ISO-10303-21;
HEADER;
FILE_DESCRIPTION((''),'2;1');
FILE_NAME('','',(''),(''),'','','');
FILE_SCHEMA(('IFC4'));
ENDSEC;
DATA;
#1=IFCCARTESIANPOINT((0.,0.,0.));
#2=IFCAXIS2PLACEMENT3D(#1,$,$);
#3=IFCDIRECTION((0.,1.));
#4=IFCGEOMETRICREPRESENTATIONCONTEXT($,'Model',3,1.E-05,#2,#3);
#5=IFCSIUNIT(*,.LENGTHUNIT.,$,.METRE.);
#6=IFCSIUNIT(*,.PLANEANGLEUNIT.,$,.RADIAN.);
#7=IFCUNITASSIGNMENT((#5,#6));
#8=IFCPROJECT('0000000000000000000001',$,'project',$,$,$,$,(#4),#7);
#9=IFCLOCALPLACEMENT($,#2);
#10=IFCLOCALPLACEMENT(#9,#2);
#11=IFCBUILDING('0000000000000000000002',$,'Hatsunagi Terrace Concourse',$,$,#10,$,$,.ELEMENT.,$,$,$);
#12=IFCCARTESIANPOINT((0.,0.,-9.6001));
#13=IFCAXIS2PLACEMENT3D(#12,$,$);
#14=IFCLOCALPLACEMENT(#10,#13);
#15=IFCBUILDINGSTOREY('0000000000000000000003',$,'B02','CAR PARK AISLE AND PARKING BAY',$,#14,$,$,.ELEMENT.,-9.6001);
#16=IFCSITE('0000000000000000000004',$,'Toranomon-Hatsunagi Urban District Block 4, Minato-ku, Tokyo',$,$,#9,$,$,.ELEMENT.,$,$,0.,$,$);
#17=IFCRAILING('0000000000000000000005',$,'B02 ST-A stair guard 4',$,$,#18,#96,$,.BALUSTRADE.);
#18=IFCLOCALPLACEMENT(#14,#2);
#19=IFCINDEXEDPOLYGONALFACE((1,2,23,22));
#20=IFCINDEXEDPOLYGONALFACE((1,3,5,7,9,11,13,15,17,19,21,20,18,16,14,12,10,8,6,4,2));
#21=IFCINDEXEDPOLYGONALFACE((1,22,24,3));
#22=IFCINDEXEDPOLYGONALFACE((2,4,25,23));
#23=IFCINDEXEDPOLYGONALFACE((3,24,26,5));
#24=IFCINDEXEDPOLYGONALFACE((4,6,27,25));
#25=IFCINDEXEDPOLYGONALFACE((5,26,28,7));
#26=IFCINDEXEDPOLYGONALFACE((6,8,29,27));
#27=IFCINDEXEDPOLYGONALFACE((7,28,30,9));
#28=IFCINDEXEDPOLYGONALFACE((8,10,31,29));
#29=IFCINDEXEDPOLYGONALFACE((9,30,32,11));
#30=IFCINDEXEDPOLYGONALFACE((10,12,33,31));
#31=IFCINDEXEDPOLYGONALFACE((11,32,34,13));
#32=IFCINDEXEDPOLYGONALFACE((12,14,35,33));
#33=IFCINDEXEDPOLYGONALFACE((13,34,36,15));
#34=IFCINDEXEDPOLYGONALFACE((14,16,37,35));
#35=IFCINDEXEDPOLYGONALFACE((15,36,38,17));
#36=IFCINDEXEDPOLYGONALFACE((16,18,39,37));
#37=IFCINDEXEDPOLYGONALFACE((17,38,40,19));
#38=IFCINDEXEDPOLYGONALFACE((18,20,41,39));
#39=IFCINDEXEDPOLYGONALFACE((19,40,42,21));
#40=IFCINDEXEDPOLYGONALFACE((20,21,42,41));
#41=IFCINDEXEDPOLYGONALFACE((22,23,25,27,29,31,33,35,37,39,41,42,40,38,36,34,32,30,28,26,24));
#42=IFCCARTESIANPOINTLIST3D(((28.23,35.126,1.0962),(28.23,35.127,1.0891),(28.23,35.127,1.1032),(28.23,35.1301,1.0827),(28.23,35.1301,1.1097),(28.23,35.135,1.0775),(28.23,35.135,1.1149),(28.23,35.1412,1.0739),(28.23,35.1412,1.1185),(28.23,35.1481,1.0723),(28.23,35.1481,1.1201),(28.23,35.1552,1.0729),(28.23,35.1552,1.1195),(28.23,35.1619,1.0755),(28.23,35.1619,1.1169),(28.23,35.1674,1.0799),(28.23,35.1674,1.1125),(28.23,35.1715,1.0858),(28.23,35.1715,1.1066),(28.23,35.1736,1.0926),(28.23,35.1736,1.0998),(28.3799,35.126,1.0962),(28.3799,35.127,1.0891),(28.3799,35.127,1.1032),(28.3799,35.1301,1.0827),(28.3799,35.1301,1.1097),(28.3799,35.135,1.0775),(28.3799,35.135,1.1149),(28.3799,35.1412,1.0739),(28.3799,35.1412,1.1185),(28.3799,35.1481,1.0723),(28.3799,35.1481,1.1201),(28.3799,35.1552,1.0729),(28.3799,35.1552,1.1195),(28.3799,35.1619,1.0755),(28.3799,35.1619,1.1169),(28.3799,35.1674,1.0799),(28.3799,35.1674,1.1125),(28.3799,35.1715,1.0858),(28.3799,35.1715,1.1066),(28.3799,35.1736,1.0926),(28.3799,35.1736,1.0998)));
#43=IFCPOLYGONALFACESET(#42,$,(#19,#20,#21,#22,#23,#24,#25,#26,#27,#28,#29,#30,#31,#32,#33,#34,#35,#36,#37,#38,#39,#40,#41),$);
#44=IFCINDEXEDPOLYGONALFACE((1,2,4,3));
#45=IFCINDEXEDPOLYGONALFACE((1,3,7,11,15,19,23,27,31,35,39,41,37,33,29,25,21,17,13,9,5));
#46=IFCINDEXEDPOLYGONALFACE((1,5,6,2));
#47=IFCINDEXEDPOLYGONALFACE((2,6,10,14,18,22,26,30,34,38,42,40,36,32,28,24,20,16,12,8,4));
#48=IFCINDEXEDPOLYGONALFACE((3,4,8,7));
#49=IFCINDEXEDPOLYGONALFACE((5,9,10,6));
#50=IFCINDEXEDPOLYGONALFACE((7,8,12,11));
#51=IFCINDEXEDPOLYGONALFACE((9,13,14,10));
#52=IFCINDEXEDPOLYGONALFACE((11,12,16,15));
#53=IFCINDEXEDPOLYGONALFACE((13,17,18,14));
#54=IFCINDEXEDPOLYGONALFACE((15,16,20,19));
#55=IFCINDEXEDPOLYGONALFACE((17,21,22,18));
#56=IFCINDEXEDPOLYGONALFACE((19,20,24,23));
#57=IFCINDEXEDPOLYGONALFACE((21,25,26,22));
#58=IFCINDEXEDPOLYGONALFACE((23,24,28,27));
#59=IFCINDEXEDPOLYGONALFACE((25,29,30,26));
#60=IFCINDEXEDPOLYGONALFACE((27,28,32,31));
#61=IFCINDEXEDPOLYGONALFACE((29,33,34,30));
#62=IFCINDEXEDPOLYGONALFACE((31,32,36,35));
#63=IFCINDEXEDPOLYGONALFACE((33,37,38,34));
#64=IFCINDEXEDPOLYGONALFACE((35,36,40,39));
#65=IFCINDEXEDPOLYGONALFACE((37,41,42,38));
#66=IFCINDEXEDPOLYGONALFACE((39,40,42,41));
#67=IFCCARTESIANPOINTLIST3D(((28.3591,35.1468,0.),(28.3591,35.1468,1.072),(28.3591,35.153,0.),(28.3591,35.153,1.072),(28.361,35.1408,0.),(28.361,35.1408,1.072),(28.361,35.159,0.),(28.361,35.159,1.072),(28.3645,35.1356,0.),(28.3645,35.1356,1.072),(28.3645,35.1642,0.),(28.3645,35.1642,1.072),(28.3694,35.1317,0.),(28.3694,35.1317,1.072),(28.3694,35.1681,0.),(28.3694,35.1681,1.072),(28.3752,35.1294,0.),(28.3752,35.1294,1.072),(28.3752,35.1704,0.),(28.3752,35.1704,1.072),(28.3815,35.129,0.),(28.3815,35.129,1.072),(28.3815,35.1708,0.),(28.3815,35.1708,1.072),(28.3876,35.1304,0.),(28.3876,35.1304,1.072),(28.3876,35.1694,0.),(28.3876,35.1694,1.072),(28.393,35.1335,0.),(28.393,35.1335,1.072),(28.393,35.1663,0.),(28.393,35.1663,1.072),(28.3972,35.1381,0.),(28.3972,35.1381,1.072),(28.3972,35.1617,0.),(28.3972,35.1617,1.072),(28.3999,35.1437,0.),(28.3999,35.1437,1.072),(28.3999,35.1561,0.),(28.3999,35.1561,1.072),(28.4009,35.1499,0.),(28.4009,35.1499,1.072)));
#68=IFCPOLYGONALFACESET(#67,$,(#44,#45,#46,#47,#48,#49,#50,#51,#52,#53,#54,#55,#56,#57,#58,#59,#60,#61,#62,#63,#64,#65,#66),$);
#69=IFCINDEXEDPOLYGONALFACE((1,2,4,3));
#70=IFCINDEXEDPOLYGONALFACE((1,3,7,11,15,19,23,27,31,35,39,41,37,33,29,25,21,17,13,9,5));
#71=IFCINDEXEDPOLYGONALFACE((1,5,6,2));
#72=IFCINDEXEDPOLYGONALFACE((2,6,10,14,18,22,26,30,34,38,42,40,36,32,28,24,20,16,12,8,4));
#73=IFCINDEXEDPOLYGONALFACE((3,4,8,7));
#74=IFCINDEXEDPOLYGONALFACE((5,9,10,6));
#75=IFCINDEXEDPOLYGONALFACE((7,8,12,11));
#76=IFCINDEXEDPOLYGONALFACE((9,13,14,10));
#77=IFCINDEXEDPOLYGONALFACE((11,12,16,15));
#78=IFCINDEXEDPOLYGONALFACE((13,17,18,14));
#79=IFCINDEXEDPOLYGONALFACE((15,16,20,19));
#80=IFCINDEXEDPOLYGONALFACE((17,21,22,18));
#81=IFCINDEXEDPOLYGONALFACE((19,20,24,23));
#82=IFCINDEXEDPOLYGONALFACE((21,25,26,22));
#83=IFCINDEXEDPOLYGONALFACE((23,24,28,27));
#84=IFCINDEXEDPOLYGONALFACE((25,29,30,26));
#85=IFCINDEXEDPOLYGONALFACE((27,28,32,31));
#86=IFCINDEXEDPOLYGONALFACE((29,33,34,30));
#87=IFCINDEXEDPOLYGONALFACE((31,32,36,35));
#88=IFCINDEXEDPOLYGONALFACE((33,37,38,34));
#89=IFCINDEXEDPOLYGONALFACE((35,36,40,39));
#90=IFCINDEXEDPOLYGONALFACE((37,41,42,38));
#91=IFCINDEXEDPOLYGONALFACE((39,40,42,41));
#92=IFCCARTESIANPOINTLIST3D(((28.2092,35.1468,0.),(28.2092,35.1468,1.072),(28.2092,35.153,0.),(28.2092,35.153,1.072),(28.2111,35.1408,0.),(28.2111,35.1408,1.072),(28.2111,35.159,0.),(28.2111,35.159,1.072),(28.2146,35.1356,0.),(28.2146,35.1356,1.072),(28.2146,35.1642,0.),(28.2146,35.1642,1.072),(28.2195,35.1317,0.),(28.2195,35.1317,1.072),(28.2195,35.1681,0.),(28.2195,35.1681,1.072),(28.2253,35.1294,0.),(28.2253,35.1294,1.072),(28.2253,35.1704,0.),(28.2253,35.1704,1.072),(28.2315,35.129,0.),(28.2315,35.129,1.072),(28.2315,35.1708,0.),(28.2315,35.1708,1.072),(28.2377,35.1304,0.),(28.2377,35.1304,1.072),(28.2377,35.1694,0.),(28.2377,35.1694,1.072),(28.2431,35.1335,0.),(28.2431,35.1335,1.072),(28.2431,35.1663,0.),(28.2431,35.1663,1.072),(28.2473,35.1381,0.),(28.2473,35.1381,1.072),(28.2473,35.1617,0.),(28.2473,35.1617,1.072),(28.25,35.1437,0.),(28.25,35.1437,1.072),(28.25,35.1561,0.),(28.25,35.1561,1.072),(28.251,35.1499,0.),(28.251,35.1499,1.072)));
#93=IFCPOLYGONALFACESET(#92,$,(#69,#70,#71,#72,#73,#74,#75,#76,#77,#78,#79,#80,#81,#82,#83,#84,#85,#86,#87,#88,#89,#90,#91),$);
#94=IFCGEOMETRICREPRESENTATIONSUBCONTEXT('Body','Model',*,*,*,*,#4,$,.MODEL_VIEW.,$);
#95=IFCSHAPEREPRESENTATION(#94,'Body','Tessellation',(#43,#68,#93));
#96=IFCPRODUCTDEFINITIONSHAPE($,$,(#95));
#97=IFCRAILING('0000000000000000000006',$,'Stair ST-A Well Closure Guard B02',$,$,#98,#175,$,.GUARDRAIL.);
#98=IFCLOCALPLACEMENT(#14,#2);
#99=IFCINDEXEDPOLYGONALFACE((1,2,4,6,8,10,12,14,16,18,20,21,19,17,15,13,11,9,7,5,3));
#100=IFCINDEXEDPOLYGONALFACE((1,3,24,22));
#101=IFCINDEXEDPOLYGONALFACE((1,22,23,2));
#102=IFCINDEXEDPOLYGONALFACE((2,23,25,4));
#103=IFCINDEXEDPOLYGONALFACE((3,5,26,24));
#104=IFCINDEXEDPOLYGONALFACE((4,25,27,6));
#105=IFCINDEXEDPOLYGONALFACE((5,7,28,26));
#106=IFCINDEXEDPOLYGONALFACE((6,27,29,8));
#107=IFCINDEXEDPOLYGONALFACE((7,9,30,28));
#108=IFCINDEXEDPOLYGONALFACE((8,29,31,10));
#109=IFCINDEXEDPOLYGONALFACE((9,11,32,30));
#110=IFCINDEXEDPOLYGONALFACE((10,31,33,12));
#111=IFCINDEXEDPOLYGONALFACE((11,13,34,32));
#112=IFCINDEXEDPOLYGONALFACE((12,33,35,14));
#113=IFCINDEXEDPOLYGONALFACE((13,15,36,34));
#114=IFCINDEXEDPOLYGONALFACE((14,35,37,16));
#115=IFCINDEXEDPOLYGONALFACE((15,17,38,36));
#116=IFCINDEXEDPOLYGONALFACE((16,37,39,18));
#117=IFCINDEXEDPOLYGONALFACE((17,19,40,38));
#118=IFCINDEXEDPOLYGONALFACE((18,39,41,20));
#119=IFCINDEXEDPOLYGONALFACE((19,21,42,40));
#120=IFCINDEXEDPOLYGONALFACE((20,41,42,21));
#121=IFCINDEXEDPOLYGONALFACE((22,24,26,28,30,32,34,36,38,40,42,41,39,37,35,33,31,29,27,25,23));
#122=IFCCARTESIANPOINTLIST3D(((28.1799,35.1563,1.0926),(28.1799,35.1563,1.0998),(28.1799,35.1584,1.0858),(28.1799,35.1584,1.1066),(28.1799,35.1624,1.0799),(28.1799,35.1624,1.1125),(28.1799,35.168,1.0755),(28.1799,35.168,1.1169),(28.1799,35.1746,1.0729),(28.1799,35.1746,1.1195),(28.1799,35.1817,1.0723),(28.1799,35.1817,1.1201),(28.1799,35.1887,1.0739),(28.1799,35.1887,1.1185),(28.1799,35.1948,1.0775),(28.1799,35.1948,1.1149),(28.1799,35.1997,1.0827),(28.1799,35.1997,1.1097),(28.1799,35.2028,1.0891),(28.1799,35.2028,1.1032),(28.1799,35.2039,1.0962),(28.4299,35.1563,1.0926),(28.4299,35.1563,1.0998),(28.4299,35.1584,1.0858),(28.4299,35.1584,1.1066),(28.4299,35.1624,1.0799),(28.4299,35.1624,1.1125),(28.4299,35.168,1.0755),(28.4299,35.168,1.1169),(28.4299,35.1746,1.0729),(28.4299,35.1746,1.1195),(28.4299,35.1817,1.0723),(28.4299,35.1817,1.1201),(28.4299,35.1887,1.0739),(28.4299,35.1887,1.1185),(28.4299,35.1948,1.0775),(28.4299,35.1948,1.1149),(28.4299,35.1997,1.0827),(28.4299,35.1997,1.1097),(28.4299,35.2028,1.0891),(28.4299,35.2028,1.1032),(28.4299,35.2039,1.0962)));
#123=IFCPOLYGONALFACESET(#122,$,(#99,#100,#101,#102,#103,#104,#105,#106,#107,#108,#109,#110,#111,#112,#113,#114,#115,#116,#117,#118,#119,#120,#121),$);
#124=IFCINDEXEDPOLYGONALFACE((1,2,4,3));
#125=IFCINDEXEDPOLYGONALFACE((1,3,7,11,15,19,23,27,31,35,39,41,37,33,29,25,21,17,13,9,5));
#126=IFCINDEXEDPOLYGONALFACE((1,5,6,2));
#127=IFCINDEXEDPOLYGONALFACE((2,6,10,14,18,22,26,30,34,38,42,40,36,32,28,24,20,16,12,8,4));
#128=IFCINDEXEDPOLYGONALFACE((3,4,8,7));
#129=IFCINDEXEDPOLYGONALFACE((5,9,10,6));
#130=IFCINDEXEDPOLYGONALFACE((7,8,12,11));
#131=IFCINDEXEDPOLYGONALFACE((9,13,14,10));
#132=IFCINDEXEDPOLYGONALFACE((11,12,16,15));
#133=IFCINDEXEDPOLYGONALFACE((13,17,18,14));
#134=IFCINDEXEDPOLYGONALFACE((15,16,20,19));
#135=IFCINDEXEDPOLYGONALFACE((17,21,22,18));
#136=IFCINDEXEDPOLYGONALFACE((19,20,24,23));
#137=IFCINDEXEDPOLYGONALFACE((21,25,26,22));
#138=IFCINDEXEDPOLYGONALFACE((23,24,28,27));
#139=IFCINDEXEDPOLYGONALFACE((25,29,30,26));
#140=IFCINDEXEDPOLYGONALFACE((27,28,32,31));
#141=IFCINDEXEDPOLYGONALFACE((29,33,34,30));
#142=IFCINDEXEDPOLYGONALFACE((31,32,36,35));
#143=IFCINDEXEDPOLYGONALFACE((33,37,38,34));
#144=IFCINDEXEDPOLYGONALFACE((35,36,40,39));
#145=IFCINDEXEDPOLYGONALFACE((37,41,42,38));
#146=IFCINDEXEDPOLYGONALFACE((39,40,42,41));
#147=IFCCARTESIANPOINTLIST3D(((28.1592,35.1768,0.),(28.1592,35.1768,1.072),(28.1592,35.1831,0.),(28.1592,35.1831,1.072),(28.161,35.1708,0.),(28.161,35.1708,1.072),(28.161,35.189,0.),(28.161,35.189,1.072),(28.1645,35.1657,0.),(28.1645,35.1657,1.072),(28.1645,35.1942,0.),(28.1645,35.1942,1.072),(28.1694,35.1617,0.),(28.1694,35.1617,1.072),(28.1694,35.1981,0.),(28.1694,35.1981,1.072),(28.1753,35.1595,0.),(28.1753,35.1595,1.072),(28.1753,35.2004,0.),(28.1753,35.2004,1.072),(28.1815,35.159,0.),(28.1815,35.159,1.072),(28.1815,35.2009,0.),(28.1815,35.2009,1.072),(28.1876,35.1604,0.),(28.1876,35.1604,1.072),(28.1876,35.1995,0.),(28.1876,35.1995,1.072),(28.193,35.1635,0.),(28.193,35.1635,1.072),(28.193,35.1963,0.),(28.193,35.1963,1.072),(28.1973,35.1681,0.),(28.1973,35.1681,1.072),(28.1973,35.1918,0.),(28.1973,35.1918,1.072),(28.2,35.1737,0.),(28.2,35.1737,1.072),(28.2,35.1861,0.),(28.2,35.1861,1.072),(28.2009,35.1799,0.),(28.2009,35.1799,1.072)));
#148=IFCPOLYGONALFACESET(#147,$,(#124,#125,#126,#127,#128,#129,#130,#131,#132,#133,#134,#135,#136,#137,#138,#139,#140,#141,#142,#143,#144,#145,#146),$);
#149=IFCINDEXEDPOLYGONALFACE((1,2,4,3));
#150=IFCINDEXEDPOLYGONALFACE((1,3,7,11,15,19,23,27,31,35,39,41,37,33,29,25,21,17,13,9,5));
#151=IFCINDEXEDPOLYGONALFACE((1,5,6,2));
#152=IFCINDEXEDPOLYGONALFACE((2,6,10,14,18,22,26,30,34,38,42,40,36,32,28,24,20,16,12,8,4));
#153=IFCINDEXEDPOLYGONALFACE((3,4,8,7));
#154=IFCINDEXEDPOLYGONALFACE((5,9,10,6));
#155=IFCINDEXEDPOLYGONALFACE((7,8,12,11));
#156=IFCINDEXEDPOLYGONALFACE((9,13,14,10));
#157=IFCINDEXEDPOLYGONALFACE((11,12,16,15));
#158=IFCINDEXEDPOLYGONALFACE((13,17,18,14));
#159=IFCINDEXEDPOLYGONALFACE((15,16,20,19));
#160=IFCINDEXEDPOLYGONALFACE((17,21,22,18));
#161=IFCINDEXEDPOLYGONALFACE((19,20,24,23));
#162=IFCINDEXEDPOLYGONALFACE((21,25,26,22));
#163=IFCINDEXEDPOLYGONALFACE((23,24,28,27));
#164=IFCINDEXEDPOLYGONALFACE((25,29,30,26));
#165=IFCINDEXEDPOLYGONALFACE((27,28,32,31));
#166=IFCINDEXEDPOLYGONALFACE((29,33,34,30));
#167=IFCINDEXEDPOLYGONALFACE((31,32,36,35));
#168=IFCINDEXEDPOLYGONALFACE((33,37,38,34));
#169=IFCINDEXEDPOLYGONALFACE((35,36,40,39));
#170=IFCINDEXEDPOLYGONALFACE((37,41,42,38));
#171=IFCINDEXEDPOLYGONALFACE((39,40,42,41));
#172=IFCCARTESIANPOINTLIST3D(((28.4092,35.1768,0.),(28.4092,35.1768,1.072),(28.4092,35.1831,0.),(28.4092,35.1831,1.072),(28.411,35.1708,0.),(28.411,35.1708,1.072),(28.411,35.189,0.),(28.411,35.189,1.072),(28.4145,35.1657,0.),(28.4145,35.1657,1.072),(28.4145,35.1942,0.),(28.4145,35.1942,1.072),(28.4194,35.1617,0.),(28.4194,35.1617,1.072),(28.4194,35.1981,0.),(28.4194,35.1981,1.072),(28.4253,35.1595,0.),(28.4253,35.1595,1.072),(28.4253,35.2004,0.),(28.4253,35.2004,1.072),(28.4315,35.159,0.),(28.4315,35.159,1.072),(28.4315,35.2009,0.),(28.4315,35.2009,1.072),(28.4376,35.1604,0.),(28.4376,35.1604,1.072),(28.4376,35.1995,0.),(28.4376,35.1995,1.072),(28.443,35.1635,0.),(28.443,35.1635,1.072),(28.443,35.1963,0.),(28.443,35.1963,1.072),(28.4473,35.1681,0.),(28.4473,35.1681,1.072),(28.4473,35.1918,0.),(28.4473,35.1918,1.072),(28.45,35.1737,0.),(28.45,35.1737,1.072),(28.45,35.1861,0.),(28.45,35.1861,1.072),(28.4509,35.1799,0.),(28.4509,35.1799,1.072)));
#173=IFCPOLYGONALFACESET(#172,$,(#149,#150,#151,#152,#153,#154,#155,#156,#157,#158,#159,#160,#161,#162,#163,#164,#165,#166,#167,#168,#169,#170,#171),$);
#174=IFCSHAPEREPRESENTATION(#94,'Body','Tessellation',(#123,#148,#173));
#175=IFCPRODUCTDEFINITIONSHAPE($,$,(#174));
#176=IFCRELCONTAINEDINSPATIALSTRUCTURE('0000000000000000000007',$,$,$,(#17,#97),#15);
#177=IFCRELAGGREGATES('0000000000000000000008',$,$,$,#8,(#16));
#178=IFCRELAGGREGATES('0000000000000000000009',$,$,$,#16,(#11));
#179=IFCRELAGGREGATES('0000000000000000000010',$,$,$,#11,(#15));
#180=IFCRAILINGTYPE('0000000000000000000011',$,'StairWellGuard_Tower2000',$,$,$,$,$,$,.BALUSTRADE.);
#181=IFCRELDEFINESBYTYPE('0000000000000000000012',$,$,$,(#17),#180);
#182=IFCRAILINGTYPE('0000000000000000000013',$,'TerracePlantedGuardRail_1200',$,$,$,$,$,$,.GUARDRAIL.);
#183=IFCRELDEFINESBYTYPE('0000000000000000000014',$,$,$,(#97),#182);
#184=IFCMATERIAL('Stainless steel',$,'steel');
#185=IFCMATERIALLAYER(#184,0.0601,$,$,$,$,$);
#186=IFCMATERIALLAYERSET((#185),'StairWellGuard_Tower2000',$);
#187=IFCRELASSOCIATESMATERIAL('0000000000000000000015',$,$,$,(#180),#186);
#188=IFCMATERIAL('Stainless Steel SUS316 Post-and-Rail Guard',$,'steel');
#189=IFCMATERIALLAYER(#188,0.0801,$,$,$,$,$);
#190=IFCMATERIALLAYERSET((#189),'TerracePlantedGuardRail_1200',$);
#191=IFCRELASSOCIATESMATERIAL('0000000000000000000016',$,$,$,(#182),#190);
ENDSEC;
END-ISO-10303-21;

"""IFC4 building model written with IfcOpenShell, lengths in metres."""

from ifc_helpers import new_model, si_unit, direction, frame, origin, origin_2d, place, context, subcontext, project, spatial, circle, extrude, material, layer, layer_set, type_object, element, save


model = new_model("IFC4")

# Units and contexts
model_context = context("Model", 3, precision=1e-05, world=origin(), true_north=direction((0.0, 1.0)))
body_context = subcontext(model_context, "Body", "Model", "MODEL_VIEW")
ifc_project = project(units=[si_unit("LENGTHUNIT", "METRE"), si_unit("PLANEANGLEUNIT", "RADIAN")], contexts=[model_context])

# Site, building, storey
site_placement = place(None, origin())
site = spatial("IfcSite", under=ifc_project, at=site_placement, Name="Toranomon-Hatsunagi Urban District Block 4, Minato-ku, Tokyo", CompositionType="ELEMENT", RefElevation=0.0)
building_placement = place(site_placement, origin())
building = spatial("IfcBuilding", under=site, at=building_placement, Name="Hatsunagi Terrace Concourse", CompositionType="ELEMENT")
storey_placement = place(building_placement, frame((0.0, 0.0, -9.6001)))
storey = spatial("IfcBuildingStorey", under=building, at=storey_placement, Name="B02", Description="CAR PARK AISLE AND PARKING BAY", CompositionType="ELEMENT", Elevation=-9.6001)

# Railings
ifc_material_1 = material(Name="Stainless steel", Category="steel")
ifc_layer_1 = layer(ifc_material_1, 0.0601)
ifc_layer_set_1 = layer_set([ifc_layer_1], Name="StairWellGuard_Tower2000")
railing_type_1 = type_object("IfcRailingType", Name="StairWellGuard_Tower2000", PredefinedType="BALUSTRADE", material=ifc_layer_set_1)
railing_1_placement = place(storey_placement, frame((28.3799, 35.1499, 0.0)))
element("IfcRailing", 1, at=railing_1_placement, inside=storey, type_object=railing_type_1, Name="B02 ST-A stair guard 4", PredefinedType="BALUSTRADE", context=body_context, shape_type="SweptSolid", body=[
    extrude(circle(Radius=0.0239, at=origin_2d()), frame((0.0, 0.0, 1.0962), z_axis=(-1.0, 0.0, 0.0), x_axis=(0.0, -1.0, 0.0)), (0.0, 0.0, 1.0), 0.1499),
    extrude(circle(Radius=0.021, at=origin_2d()), origin(), (0.0, 0.0, 1.0), 1.072),
    extrude(circle(Radius=0.021, at=origin_2d()), frame((-0.1499, 0.0, 0.0)), (0.0, 0.0, 1.0), 1.072),
])
ifc_material_2 = material(Name="Stainless Steel SUS316 Post-and-Rail Guard", Category="steel")
ifc_layer_2 = layer(ifc_material_2, 0.0801)
ifc_layer_set_2 = layer_set([ifc_layer_2], Name="TerracePlantedGuardRail_1200")
railing_type_2 = type_object("IfcRailingType", Name="TerracePlantedGuardRail_1200", PredefinedType="GUARDRAIL", material=ifc_layer_set_2)
railing_2_placement = place(storey_placement, frame((28.1799, 35.1799, 0.0)))
element("IfcRailing", 2, at=railing_2_placement, inside=storey, type_object=railing_type_2, Name="Stair ST-A Well Closure Guard B02", PredefinedType="GUARDRAIL", context=body_context, shape_type="SweptSolid", body=[
    extrude(circle(Radius=0.0239, at=origin_2d()), frame((0.0, 0.0, 1.0962), z_axis=(1.0, 0.0, 0.0), x_axis=(0.0, 1.0, 0.0)), (0.0, 0.0, 1.0), 0.25),
    extrude(circle(Radius=0.021, at=origin_2d()), origin(), (0.0, 0.0, 1.0), 1.072),
    extrude(circle(Radius=0.021, at=origin_2d()), frame((0.25, 0.0, 0.0)), (0.0, 0.0, 1.0), 1.072),
])

save(model, "model.ifc")
